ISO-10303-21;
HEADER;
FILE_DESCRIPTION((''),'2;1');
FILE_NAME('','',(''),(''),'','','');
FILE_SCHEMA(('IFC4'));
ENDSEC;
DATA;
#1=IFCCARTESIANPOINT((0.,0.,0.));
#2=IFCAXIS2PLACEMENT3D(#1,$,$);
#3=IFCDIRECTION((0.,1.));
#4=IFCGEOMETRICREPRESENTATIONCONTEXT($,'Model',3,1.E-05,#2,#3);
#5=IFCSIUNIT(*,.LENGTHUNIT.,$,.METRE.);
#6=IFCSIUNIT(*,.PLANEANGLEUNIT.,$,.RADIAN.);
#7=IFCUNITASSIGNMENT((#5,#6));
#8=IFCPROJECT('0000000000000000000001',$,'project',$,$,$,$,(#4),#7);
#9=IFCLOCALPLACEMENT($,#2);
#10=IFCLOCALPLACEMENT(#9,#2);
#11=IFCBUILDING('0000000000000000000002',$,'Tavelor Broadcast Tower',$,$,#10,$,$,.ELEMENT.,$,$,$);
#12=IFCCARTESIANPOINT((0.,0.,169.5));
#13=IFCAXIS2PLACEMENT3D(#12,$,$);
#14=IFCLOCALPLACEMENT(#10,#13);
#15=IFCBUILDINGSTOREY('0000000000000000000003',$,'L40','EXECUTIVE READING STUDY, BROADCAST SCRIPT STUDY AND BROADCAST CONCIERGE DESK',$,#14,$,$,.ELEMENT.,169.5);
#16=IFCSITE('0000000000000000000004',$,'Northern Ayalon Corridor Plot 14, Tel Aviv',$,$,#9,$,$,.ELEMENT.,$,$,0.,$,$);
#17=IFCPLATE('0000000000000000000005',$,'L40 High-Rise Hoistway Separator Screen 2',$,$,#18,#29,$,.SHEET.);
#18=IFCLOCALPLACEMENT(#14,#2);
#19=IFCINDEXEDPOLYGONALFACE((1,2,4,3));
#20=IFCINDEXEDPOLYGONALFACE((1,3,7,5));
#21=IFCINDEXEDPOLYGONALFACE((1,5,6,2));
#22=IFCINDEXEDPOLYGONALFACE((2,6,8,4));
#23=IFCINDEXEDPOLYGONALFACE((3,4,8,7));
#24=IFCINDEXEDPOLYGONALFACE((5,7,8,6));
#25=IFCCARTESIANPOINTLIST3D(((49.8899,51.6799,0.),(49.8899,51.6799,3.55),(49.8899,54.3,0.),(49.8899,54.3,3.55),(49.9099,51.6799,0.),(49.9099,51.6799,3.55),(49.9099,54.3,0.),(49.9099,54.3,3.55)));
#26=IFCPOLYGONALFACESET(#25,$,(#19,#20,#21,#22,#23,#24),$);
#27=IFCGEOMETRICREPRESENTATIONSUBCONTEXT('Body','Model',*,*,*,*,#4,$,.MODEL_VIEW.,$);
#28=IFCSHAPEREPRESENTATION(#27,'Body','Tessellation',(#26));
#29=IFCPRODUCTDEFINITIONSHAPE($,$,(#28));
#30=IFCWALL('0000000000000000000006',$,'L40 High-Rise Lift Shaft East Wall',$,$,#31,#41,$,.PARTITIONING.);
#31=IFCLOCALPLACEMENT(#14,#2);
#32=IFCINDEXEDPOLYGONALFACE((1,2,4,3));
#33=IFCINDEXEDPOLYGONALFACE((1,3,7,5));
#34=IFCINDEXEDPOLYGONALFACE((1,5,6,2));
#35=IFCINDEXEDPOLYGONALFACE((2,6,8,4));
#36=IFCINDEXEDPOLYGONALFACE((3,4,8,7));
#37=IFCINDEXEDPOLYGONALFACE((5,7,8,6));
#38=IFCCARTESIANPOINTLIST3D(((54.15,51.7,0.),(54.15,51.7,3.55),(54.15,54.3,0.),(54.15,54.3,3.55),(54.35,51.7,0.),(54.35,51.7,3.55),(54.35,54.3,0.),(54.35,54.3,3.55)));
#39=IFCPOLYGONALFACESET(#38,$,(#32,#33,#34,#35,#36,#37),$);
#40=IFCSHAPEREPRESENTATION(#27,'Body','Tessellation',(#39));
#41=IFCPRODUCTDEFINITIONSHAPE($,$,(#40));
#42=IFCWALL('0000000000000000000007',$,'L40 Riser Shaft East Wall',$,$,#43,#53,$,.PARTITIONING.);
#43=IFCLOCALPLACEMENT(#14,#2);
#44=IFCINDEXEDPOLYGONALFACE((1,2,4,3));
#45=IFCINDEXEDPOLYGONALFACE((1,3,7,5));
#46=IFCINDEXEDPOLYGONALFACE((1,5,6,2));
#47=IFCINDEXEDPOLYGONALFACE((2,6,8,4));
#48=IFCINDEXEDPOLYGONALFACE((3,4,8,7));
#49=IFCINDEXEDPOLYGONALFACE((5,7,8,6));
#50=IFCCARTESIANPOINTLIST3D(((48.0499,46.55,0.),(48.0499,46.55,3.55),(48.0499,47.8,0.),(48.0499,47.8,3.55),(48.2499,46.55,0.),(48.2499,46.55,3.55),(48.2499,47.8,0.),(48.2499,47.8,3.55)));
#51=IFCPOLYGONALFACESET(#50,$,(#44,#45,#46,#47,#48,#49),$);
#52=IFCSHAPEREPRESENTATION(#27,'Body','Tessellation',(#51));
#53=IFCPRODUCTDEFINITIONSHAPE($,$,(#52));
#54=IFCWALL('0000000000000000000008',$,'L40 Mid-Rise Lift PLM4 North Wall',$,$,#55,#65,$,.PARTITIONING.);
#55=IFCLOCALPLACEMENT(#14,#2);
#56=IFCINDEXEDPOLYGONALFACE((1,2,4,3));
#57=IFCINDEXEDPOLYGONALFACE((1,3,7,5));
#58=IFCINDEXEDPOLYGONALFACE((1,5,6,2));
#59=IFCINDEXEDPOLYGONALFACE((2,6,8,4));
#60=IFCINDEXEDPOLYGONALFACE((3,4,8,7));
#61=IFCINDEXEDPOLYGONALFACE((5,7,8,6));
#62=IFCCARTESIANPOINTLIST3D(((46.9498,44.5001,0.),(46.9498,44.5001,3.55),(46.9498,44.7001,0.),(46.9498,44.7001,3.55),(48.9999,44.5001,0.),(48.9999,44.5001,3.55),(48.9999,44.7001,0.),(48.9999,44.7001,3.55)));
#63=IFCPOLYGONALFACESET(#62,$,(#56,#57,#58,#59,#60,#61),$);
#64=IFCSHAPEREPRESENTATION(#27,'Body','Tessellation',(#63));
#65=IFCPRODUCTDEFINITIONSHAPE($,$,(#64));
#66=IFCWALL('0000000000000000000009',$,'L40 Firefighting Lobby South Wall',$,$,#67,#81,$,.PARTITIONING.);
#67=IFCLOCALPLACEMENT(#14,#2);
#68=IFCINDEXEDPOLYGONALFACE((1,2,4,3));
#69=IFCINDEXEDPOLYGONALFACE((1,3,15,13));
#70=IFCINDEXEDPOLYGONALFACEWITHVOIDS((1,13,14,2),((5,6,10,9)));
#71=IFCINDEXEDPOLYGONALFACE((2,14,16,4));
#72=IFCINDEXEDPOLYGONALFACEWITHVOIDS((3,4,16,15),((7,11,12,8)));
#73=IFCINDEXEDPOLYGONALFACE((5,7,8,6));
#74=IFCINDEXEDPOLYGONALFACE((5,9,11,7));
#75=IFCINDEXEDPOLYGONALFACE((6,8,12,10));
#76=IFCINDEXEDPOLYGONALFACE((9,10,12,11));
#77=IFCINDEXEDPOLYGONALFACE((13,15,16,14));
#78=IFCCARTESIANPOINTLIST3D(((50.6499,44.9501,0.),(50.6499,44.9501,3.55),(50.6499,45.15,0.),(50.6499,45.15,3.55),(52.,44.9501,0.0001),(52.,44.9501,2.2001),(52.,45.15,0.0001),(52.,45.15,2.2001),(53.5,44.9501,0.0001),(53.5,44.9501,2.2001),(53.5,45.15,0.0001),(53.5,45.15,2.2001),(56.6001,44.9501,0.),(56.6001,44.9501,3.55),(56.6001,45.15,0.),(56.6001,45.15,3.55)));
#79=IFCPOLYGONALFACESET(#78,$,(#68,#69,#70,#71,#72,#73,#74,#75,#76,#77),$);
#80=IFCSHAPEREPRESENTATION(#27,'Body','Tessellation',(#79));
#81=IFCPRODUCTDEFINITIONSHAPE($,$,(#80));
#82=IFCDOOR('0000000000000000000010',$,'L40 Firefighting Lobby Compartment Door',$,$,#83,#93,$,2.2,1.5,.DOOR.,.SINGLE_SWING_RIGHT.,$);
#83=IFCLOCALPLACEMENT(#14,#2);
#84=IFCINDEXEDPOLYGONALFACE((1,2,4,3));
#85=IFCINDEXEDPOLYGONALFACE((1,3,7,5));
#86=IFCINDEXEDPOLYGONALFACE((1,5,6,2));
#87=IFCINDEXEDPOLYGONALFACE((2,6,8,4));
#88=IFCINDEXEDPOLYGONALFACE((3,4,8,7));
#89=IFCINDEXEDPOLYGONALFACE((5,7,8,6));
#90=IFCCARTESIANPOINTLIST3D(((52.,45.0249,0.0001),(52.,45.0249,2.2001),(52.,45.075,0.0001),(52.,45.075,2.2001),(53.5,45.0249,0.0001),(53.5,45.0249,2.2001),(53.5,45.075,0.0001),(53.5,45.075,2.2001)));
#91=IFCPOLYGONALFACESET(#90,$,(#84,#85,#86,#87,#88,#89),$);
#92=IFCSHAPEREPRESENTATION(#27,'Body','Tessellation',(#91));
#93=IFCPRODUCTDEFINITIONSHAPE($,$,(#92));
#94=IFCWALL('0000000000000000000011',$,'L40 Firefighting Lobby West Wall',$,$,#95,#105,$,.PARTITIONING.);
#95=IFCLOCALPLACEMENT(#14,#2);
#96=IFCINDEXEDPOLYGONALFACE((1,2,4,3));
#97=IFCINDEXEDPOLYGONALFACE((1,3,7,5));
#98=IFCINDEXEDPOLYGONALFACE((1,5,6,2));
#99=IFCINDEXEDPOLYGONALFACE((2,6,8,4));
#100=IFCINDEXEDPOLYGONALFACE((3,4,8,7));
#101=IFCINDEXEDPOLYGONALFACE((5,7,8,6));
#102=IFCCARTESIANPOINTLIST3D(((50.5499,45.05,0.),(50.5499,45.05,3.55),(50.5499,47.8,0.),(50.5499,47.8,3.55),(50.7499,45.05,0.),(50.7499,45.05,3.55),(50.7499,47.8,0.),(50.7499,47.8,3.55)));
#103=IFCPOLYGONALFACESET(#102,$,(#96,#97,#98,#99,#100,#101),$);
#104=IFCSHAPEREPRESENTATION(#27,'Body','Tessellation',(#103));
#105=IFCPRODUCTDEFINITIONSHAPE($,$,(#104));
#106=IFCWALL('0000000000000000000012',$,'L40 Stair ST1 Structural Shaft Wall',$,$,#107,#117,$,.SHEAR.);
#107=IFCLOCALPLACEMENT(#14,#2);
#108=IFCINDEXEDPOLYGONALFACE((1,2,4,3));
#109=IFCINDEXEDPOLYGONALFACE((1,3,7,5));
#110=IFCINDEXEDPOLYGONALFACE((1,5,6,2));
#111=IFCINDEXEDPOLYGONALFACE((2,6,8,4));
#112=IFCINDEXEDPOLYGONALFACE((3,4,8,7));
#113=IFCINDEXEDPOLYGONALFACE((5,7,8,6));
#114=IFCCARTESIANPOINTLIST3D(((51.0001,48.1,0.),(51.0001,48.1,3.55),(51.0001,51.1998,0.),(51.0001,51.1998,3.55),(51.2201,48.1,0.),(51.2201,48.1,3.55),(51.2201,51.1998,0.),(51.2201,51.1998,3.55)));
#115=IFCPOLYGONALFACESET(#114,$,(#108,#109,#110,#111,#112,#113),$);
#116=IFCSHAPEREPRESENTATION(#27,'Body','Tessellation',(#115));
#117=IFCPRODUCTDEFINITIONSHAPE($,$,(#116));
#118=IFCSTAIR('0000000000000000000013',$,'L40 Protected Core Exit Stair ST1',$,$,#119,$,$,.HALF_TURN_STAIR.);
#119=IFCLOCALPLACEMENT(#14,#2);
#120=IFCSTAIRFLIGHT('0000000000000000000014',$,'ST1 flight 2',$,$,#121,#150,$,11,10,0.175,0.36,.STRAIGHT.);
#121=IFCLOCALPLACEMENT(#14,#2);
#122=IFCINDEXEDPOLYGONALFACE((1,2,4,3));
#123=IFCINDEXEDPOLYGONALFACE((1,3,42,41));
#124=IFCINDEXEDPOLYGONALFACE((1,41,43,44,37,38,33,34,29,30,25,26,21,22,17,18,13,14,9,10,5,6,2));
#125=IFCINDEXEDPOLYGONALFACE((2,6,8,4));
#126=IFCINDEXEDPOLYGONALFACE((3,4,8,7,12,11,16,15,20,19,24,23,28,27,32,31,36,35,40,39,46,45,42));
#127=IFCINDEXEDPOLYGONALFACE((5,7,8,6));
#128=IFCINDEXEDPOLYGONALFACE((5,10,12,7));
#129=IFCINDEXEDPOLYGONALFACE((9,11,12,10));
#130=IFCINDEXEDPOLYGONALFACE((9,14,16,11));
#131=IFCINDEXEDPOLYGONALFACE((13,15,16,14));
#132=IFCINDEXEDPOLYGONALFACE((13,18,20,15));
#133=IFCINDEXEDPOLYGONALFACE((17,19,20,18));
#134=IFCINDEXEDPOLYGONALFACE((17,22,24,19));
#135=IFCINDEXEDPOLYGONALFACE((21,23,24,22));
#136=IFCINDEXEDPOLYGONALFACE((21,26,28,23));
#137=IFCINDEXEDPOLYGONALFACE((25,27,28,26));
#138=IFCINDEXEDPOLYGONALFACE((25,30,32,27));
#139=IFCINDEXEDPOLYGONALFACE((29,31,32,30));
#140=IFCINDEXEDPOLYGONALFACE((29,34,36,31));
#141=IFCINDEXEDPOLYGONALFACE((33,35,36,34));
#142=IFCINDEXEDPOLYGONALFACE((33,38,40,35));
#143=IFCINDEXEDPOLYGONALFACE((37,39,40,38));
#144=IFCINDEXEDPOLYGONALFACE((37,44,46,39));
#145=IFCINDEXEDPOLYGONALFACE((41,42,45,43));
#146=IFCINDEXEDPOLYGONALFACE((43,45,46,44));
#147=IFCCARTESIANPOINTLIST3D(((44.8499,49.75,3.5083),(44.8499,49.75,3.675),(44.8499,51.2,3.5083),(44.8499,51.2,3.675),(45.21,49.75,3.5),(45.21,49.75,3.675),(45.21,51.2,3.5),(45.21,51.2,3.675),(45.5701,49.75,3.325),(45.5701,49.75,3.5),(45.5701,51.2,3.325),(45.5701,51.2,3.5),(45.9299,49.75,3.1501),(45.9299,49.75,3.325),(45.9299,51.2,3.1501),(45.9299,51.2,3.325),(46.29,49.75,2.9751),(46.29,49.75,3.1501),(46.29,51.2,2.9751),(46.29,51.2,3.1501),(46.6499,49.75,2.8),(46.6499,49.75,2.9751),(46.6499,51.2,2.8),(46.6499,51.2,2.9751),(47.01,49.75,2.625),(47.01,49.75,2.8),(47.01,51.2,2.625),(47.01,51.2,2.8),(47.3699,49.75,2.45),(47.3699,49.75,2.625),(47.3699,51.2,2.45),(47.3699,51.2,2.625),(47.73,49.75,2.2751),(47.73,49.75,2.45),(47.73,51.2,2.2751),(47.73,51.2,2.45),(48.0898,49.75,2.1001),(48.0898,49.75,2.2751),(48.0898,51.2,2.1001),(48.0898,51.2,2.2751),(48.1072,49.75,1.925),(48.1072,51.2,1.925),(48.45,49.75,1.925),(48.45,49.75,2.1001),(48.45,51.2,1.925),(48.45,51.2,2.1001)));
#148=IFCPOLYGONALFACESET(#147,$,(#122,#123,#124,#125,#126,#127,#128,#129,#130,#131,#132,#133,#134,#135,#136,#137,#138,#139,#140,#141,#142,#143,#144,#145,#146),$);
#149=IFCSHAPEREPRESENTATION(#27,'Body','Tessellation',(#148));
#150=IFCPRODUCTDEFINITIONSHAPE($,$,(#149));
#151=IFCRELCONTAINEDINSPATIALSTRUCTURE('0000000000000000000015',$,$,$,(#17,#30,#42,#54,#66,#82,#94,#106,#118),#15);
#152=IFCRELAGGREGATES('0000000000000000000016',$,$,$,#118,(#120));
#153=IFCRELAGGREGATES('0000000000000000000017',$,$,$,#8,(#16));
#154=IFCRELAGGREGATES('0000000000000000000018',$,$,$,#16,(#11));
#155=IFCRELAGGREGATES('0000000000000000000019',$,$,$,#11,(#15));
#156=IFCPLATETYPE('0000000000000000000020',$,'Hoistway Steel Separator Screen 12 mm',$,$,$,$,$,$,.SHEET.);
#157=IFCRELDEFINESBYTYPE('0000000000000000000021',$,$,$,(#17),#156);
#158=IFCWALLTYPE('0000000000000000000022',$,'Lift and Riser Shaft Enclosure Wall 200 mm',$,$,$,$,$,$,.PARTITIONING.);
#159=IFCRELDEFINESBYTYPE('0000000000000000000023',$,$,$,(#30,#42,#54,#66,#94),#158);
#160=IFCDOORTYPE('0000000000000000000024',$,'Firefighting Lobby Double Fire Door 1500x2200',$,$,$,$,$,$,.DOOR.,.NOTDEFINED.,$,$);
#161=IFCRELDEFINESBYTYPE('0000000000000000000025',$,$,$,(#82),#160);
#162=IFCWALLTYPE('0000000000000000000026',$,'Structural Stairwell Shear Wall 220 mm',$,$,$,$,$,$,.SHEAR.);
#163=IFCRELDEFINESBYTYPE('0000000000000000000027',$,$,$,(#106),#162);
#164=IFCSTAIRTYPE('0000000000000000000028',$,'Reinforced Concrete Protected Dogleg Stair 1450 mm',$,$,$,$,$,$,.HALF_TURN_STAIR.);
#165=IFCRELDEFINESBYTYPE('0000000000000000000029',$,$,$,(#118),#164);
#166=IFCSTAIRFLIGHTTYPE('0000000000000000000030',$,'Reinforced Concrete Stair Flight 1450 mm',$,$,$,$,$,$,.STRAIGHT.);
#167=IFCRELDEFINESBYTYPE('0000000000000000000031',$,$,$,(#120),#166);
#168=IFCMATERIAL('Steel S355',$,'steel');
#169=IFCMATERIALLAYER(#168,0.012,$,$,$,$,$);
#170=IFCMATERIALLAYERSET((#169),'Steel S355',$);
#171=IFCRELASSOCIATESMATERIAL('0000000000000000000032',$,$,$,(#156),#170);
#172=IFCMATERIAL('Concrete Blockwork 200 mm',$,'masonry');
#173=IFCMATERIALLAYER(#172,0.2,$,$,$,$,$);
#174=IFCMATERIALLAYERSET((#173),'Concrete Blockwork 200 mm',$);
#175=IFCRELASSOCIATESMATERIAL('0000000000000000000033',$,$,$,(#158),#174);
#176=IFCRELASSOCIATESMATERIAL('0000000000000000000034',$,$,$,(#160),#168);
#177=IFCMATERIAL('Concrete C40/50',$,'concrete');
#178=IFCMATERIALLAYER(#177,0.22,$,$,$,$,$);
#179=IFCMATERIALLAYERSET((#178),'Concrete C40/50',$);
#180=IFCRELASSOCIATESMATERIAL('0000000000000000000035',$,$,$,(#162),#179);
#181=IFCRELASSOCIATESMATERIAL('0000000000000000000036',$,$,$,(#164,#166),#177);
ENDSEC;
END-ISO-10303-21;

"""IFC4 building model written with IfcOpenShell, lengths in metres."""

from ifc_helpers import new_model, si_unit, direction, frame, frame_2d, origin, origin_2d, place, context, subcontext, project, spatial, polyline, rectangle, outline, extrude, source, transform, mapped, material, layer, layer_set, type_object, type_shapes, element, fill, aggregate, save


model = new_model("IFC4")

# Units and contexts
model_context = context("Model", 3, precision=1e-05, world=origin(), true_north=direction((0.0, 1.0)))
body_context = subcontext(model_context, "Body", "Model", "MODEL_VIEW")
ifc_project = project(units=[si_unit("LENGTHUNIT", "METRE"), si_unit("PLANEANGLEUNIT", "RADIAN")], contexts=[model_context])

# Site, building, storey
site_placement = place(None, origin())
site = spatial("IfcSite", under=ifc_project, at=site_placement, Name="Northern Ayalon Corridor Plot 14, Tel Aviv", CompositionType="ELEMENT", RefElevation=0.0)
building_placement = place(site_placement, origin())
building = spatial("IfcBuilding", under=site, at=building_placement, Name="Tavelor Broadcast Tower", CompositionType="ELEMENT")
storey_placement = place(building_placement, frame((0.0, 0.0, 169.5)))
storey = spatial("IfcBuildingStorey", under=building, at=storey_placement, Name="L40", Description="EXECUTIVE READING STUDY, BROADCAST SCRIPT STUDY AND BROADCAST CONCIERGE DESK", CompositionType="ELEMENT", Elevation=169.5)

# Shared definitions
ifc_material_1 = material(Name="Concrete C40/50", Category="concrete")
ifc_material_2 = material(Name="Steel S355", Category="steel")

# Plate
ifc_layer_1 = layer(ifc_material_2, 0.012)
ifc_layer_set_1 = layer_set([ifc_layer_1], Name="Steel S355")
plate_type = type_object("IfcPlateType", Name="Hoistway Steel Separator Screen 12 mm", PredefinedType="SHEET", material=ifc_layer_set_1)
shared_shape = source(origin(), body_context, "Body", "SweptSolid", [
    extrude(rectangle(XDim=0.02, YDim=2.6201, at=origin_2d()), origin(), (0.0, 0.0, 1.0), 3.55),
])
type_shapes(plate_type, [shared_shape])
for number, where, z_axis, x_axis, name in (
    (1, (49.8999, 52.99, 0.0), (0.0, 0.0, 1.0), (1.0, 0.0, 0.0), "L40 High-Rise Hoistway Separator Screen 2"),
):
    element("IfcPlate", number, at=place(storey_placement, frame(where, z_axis=z_axis, x_axis=x_axis)), inside=storey, type_object=plate_type, Name=name, PredefinedType="SHEET", context=body_context, shape_type="MappedRepresentation", body=[
        mapped(shared_shape, transform((0.0, 0.0, 0.0), scale=1.0)),
    ])

# Walls
ifc_material_3 = material(Name="Concrete Blockwork 200 mm", Category="masonry")
ifc_layer_2 = layer(ifc_material_3, 0.2)
ifc_layer_set_2 = layer_set([ifc_layer_2], Name="Concrete Blockwork 200 mm")
wall_type_1 = type_object("IfcWallType", Name="Lift and Riser Shaft Enclosure Wall 200 mm", PredefinedType="PARTITIONING", material=ifc_layer_set_2)
wall_1_placement = place(storey_placement, frame((54.25, 51.7, 0.0), z_axis=(0.0, 0.0, 1.0), x_axis=(0.0, 1.0, 0.0)))
element("IfcWall", 2, at=wall_1_placement, inside=storey, type_object=wall_type_1, Name="L40 High-Rise Lift Shaft East Wall", PredefinedType="PARTITIONING", context=body_context, shape_type="SweptSolid", body=[
    extrude(rectangle(XDim=2.6001, YDim=0.2, at=frame_2d((1.3, 0.0))), origin(), (0.0, 0.0, 1.0), 3.55),
])
wall_2_placement = place(storey_placement, frame((48.1499, 46.55, 0.0), z_axis=(0.0, 0.0, 1.0), x_axis=(0.0, 1.0, 0.0)))
element("IfcWall", 3, at=wall_2_placement, inside=storey, type_object=wall_type_1, Name="L40 Riser Shaft East Wall", PredefinedType="PARTITIONING", context=body_context, shape_type="SweptSolid", body=[
    extrude(rectangle(XDim=1.25, YDim=0.2, at=frame_2d((0.625, 0.0))), origin(), (0.0, 0.0, 1.0), 3.55),
])
wall_3_placement = place(storey_placement, frame((46.95, 44.6001, 0.0), z_axis=(0.0, 0.0, 1.0), x_axis=(1.0, 0.0, 0.0)))
element("IfcWall", 4, at=wall_3_placement, inside=storey, type_object=wall_type_1, Name="L40 Mid-Rise Lift PLM4 North Wall", PredefinedType="PARTITIONING", context=body_context, shape_type="SweptSolid", body=[
    extrude(rectangle(XDim=2.05, YDim=0.2, at=frame_2d((1.0249, 0.0))), origin(), (0.0, 0.0, 1.0), 3.55),
])

# Wall, opening, door
wall_4_placement = place(storey_placement, frame((50.6499, 45.05, 0.0), z_axis=(0.0, 0.0, 1.0), x_axis=(1.0, 0.0, 0.0)))
wall_4 = element("IfcWall", 5, at=wall_4_placement, inside=storey, type_object=wall_type_1, Name="L40 Firefighting Lobby South Wall", PredefinedType="PARTITIONING", context=body_context, shape_type="SweptSolid", body=[
    extrude(rectangle(XDim=5.9502, YDim=0.2, at=frame_2d((2.9751, 0.0))), origin(), (0.0, 0.0, 1.0), 3.55),
])
opening_placement = place(wall_4_placement, frame((1.3501, 0.0, 0.0)))
opening = element("IfcOpeningElement", 6, at=opening_placement, cuts=wall_4, PredefinedType="OPENING", context=body_context, shape_type="SweptSolid", body=[
    extrude(rectangle(XDim=1.5, YDim=2.2, at=frame_2d((0.75, 1.1001))), frame((0.0, 0.1099, 0.0), z_axis=(0.0, -1.0, 0.0), x_axis=(1.0, 0.0, 0.0)), (0.0, 0.0, 1.0), 0.22),
])
door_type = type_object("IfcDoorType", Name="Firefighting Lobby Double Fire Door 1500x2200", OperationType="NOTDEFINED", PredefinedType="DOOR", material=ifc_material_2)
door_placement = place(opening_placement, origin())
door = element("IfcDoor", 7, at=door_placement, inside=storey, type_object=door_type, Name="L40 Firefighting Lobby Compartment Door", OperationType="SINGLE_SWING_RIGHT", OverallHeight=2.2, OverallWidth=1.5, PredefinedType="DOOR", context=body_context, shape_type="SweptSolid", body=[
    extrude(rectangle(XDim=1.5, YDim=2.2, at=frame_2d((0.75, 1.1001))), frame((0.0, 0.0249, 0.0), z_axis=(0.0, -1.0, 0.0), x_axis=(1.0, 0.0, 0.0)), (0.0, 0.0, 1.0), 0.05),
])
fill(opening, door)

# Walls
wall_5_placement = place(storey_placement, frame((50.6499, 45.05, 0.0), z_axis=(0.0, 0.0, 1.0), x_axis=(0.0, 1.0, 0.0)))
element("IfcWall", 8, at=wall_5_placement, inside=storey, type_object=wall_type_1, Name="L40 Firefighting Lobby West Wall", PredefinedType="PARTITIONING", context=body_context, shape_type="SweptSolid", body=[
    extrude(rectangle(XDim=2.75, YDim=0.2, at=frame_2d((1.375, 0.0))), origin(), (0.0, 0.0, 1.0), 3.55),
])
ifc_layer_3 = layer(ifc_material_1, 0.22)
ifc_layer_set_3 = layer_set([ifc_layer_3], Name="Concrete C40/50")
wall_type_2 = type_object("IfcWallType", Name="Structural Stairwell Shear Wall 220 mm", PredefinedType="SHEAR", material=ifc_layer_set_3)
wall_6_placement = place(storey_placement, frame((51.1101, 48.1001, 0.0), z_axis=(0.0, 0.0, 1.0), x_axis=(0.0, 1.0, 0.0)))
element("IfcWall", 9, at=wall_6_placement, inside=storey, type_object=wall_type_2, Name="L40 Stair ST1 Structural Shaft Wall", PredefinedType="SHEAR", context=body_context, shape_type="SweptSolid", body=[
    extrude(rectangle(XDim=3.0999, YDim=0.22, at=frame_2d((1.5498, 0.0))), origin(), (0.0, 0.0, 1.0), 3.55),
])

# Stair, stair flight
stair_type = type_object("IfcStairType", Name="Reinforced Concrete Protected Dogleg Stair 1450 mm", PredefinedType="HALF_TURN_STAIR", material=ifc_material_1)
stair_placement = place(storey_placement, origin())
stair = element("IfcStair", 10, at=stair_placement, inside=storey, type_object=stair_type, Name="L40 Protected Core Exit Stair ST1", PredefinedType="HALF_TURN_STAIR")
stair_flight_type = type_object("IfcStairFlightType", Name="Reinforced Concrete Stair Flight 1450 mm", PredefinedType="STRAIGHT", material=ifc_material_1)
stair_flight_placement = place(storey_placement, frame((48.45, 50.4751, 1.925), z_axis=(0.0, 0.0, 1.0), x_axis=(-1.0, 0.0, 0.0)))
stair_flight = element("IfcStairFlight", 11, at=stair_flight_placement, type_object=stair_flight_type, Name="ST1 flight 2", NumberOfRisers=11, NumberOfTreads=10, PredefinedType="STRAIGHT", RiserHeight=0.175, TreadLength=0.36, context=body_context, shape_type="SweptSolid", body=[
    extrude(outline(polyline([(0.0, 0.0), (0.0, 0.175), (0.3601, 0.175), (0.3601, 0.3501), (0.72, 0.3501), (0.72, 0.5249), (1.0801, 0.5249), (1.0801, 0.7), (1.4399, 0.7), (1.4399, 0.875), (1.8, 0.875), (1.8, 1.05), (2.1599, 1.05), (2.1599, 1.2251), (2.52, 1.2251), (2.52, 1.3999), (2.8799, 1.3999), (2.8799, 1.575), (3.24, 1.575), (3.24, 1.75), (3.6001, 1.75), (3.6001, 1.925), (3.6001, 1.5833), (0.3428, 0.0), (0.0, 0.0)])), frame((0.0, 0.7251, 0.0), z_axis=(0.0, -1.0, 0.0), x_axis=(1.0, 0.0, 0.0)), (0.0, 0.0, 1.0), 1.45),
])
aggregate(stair, [stair_flight])

save(model, "model.ifc")
